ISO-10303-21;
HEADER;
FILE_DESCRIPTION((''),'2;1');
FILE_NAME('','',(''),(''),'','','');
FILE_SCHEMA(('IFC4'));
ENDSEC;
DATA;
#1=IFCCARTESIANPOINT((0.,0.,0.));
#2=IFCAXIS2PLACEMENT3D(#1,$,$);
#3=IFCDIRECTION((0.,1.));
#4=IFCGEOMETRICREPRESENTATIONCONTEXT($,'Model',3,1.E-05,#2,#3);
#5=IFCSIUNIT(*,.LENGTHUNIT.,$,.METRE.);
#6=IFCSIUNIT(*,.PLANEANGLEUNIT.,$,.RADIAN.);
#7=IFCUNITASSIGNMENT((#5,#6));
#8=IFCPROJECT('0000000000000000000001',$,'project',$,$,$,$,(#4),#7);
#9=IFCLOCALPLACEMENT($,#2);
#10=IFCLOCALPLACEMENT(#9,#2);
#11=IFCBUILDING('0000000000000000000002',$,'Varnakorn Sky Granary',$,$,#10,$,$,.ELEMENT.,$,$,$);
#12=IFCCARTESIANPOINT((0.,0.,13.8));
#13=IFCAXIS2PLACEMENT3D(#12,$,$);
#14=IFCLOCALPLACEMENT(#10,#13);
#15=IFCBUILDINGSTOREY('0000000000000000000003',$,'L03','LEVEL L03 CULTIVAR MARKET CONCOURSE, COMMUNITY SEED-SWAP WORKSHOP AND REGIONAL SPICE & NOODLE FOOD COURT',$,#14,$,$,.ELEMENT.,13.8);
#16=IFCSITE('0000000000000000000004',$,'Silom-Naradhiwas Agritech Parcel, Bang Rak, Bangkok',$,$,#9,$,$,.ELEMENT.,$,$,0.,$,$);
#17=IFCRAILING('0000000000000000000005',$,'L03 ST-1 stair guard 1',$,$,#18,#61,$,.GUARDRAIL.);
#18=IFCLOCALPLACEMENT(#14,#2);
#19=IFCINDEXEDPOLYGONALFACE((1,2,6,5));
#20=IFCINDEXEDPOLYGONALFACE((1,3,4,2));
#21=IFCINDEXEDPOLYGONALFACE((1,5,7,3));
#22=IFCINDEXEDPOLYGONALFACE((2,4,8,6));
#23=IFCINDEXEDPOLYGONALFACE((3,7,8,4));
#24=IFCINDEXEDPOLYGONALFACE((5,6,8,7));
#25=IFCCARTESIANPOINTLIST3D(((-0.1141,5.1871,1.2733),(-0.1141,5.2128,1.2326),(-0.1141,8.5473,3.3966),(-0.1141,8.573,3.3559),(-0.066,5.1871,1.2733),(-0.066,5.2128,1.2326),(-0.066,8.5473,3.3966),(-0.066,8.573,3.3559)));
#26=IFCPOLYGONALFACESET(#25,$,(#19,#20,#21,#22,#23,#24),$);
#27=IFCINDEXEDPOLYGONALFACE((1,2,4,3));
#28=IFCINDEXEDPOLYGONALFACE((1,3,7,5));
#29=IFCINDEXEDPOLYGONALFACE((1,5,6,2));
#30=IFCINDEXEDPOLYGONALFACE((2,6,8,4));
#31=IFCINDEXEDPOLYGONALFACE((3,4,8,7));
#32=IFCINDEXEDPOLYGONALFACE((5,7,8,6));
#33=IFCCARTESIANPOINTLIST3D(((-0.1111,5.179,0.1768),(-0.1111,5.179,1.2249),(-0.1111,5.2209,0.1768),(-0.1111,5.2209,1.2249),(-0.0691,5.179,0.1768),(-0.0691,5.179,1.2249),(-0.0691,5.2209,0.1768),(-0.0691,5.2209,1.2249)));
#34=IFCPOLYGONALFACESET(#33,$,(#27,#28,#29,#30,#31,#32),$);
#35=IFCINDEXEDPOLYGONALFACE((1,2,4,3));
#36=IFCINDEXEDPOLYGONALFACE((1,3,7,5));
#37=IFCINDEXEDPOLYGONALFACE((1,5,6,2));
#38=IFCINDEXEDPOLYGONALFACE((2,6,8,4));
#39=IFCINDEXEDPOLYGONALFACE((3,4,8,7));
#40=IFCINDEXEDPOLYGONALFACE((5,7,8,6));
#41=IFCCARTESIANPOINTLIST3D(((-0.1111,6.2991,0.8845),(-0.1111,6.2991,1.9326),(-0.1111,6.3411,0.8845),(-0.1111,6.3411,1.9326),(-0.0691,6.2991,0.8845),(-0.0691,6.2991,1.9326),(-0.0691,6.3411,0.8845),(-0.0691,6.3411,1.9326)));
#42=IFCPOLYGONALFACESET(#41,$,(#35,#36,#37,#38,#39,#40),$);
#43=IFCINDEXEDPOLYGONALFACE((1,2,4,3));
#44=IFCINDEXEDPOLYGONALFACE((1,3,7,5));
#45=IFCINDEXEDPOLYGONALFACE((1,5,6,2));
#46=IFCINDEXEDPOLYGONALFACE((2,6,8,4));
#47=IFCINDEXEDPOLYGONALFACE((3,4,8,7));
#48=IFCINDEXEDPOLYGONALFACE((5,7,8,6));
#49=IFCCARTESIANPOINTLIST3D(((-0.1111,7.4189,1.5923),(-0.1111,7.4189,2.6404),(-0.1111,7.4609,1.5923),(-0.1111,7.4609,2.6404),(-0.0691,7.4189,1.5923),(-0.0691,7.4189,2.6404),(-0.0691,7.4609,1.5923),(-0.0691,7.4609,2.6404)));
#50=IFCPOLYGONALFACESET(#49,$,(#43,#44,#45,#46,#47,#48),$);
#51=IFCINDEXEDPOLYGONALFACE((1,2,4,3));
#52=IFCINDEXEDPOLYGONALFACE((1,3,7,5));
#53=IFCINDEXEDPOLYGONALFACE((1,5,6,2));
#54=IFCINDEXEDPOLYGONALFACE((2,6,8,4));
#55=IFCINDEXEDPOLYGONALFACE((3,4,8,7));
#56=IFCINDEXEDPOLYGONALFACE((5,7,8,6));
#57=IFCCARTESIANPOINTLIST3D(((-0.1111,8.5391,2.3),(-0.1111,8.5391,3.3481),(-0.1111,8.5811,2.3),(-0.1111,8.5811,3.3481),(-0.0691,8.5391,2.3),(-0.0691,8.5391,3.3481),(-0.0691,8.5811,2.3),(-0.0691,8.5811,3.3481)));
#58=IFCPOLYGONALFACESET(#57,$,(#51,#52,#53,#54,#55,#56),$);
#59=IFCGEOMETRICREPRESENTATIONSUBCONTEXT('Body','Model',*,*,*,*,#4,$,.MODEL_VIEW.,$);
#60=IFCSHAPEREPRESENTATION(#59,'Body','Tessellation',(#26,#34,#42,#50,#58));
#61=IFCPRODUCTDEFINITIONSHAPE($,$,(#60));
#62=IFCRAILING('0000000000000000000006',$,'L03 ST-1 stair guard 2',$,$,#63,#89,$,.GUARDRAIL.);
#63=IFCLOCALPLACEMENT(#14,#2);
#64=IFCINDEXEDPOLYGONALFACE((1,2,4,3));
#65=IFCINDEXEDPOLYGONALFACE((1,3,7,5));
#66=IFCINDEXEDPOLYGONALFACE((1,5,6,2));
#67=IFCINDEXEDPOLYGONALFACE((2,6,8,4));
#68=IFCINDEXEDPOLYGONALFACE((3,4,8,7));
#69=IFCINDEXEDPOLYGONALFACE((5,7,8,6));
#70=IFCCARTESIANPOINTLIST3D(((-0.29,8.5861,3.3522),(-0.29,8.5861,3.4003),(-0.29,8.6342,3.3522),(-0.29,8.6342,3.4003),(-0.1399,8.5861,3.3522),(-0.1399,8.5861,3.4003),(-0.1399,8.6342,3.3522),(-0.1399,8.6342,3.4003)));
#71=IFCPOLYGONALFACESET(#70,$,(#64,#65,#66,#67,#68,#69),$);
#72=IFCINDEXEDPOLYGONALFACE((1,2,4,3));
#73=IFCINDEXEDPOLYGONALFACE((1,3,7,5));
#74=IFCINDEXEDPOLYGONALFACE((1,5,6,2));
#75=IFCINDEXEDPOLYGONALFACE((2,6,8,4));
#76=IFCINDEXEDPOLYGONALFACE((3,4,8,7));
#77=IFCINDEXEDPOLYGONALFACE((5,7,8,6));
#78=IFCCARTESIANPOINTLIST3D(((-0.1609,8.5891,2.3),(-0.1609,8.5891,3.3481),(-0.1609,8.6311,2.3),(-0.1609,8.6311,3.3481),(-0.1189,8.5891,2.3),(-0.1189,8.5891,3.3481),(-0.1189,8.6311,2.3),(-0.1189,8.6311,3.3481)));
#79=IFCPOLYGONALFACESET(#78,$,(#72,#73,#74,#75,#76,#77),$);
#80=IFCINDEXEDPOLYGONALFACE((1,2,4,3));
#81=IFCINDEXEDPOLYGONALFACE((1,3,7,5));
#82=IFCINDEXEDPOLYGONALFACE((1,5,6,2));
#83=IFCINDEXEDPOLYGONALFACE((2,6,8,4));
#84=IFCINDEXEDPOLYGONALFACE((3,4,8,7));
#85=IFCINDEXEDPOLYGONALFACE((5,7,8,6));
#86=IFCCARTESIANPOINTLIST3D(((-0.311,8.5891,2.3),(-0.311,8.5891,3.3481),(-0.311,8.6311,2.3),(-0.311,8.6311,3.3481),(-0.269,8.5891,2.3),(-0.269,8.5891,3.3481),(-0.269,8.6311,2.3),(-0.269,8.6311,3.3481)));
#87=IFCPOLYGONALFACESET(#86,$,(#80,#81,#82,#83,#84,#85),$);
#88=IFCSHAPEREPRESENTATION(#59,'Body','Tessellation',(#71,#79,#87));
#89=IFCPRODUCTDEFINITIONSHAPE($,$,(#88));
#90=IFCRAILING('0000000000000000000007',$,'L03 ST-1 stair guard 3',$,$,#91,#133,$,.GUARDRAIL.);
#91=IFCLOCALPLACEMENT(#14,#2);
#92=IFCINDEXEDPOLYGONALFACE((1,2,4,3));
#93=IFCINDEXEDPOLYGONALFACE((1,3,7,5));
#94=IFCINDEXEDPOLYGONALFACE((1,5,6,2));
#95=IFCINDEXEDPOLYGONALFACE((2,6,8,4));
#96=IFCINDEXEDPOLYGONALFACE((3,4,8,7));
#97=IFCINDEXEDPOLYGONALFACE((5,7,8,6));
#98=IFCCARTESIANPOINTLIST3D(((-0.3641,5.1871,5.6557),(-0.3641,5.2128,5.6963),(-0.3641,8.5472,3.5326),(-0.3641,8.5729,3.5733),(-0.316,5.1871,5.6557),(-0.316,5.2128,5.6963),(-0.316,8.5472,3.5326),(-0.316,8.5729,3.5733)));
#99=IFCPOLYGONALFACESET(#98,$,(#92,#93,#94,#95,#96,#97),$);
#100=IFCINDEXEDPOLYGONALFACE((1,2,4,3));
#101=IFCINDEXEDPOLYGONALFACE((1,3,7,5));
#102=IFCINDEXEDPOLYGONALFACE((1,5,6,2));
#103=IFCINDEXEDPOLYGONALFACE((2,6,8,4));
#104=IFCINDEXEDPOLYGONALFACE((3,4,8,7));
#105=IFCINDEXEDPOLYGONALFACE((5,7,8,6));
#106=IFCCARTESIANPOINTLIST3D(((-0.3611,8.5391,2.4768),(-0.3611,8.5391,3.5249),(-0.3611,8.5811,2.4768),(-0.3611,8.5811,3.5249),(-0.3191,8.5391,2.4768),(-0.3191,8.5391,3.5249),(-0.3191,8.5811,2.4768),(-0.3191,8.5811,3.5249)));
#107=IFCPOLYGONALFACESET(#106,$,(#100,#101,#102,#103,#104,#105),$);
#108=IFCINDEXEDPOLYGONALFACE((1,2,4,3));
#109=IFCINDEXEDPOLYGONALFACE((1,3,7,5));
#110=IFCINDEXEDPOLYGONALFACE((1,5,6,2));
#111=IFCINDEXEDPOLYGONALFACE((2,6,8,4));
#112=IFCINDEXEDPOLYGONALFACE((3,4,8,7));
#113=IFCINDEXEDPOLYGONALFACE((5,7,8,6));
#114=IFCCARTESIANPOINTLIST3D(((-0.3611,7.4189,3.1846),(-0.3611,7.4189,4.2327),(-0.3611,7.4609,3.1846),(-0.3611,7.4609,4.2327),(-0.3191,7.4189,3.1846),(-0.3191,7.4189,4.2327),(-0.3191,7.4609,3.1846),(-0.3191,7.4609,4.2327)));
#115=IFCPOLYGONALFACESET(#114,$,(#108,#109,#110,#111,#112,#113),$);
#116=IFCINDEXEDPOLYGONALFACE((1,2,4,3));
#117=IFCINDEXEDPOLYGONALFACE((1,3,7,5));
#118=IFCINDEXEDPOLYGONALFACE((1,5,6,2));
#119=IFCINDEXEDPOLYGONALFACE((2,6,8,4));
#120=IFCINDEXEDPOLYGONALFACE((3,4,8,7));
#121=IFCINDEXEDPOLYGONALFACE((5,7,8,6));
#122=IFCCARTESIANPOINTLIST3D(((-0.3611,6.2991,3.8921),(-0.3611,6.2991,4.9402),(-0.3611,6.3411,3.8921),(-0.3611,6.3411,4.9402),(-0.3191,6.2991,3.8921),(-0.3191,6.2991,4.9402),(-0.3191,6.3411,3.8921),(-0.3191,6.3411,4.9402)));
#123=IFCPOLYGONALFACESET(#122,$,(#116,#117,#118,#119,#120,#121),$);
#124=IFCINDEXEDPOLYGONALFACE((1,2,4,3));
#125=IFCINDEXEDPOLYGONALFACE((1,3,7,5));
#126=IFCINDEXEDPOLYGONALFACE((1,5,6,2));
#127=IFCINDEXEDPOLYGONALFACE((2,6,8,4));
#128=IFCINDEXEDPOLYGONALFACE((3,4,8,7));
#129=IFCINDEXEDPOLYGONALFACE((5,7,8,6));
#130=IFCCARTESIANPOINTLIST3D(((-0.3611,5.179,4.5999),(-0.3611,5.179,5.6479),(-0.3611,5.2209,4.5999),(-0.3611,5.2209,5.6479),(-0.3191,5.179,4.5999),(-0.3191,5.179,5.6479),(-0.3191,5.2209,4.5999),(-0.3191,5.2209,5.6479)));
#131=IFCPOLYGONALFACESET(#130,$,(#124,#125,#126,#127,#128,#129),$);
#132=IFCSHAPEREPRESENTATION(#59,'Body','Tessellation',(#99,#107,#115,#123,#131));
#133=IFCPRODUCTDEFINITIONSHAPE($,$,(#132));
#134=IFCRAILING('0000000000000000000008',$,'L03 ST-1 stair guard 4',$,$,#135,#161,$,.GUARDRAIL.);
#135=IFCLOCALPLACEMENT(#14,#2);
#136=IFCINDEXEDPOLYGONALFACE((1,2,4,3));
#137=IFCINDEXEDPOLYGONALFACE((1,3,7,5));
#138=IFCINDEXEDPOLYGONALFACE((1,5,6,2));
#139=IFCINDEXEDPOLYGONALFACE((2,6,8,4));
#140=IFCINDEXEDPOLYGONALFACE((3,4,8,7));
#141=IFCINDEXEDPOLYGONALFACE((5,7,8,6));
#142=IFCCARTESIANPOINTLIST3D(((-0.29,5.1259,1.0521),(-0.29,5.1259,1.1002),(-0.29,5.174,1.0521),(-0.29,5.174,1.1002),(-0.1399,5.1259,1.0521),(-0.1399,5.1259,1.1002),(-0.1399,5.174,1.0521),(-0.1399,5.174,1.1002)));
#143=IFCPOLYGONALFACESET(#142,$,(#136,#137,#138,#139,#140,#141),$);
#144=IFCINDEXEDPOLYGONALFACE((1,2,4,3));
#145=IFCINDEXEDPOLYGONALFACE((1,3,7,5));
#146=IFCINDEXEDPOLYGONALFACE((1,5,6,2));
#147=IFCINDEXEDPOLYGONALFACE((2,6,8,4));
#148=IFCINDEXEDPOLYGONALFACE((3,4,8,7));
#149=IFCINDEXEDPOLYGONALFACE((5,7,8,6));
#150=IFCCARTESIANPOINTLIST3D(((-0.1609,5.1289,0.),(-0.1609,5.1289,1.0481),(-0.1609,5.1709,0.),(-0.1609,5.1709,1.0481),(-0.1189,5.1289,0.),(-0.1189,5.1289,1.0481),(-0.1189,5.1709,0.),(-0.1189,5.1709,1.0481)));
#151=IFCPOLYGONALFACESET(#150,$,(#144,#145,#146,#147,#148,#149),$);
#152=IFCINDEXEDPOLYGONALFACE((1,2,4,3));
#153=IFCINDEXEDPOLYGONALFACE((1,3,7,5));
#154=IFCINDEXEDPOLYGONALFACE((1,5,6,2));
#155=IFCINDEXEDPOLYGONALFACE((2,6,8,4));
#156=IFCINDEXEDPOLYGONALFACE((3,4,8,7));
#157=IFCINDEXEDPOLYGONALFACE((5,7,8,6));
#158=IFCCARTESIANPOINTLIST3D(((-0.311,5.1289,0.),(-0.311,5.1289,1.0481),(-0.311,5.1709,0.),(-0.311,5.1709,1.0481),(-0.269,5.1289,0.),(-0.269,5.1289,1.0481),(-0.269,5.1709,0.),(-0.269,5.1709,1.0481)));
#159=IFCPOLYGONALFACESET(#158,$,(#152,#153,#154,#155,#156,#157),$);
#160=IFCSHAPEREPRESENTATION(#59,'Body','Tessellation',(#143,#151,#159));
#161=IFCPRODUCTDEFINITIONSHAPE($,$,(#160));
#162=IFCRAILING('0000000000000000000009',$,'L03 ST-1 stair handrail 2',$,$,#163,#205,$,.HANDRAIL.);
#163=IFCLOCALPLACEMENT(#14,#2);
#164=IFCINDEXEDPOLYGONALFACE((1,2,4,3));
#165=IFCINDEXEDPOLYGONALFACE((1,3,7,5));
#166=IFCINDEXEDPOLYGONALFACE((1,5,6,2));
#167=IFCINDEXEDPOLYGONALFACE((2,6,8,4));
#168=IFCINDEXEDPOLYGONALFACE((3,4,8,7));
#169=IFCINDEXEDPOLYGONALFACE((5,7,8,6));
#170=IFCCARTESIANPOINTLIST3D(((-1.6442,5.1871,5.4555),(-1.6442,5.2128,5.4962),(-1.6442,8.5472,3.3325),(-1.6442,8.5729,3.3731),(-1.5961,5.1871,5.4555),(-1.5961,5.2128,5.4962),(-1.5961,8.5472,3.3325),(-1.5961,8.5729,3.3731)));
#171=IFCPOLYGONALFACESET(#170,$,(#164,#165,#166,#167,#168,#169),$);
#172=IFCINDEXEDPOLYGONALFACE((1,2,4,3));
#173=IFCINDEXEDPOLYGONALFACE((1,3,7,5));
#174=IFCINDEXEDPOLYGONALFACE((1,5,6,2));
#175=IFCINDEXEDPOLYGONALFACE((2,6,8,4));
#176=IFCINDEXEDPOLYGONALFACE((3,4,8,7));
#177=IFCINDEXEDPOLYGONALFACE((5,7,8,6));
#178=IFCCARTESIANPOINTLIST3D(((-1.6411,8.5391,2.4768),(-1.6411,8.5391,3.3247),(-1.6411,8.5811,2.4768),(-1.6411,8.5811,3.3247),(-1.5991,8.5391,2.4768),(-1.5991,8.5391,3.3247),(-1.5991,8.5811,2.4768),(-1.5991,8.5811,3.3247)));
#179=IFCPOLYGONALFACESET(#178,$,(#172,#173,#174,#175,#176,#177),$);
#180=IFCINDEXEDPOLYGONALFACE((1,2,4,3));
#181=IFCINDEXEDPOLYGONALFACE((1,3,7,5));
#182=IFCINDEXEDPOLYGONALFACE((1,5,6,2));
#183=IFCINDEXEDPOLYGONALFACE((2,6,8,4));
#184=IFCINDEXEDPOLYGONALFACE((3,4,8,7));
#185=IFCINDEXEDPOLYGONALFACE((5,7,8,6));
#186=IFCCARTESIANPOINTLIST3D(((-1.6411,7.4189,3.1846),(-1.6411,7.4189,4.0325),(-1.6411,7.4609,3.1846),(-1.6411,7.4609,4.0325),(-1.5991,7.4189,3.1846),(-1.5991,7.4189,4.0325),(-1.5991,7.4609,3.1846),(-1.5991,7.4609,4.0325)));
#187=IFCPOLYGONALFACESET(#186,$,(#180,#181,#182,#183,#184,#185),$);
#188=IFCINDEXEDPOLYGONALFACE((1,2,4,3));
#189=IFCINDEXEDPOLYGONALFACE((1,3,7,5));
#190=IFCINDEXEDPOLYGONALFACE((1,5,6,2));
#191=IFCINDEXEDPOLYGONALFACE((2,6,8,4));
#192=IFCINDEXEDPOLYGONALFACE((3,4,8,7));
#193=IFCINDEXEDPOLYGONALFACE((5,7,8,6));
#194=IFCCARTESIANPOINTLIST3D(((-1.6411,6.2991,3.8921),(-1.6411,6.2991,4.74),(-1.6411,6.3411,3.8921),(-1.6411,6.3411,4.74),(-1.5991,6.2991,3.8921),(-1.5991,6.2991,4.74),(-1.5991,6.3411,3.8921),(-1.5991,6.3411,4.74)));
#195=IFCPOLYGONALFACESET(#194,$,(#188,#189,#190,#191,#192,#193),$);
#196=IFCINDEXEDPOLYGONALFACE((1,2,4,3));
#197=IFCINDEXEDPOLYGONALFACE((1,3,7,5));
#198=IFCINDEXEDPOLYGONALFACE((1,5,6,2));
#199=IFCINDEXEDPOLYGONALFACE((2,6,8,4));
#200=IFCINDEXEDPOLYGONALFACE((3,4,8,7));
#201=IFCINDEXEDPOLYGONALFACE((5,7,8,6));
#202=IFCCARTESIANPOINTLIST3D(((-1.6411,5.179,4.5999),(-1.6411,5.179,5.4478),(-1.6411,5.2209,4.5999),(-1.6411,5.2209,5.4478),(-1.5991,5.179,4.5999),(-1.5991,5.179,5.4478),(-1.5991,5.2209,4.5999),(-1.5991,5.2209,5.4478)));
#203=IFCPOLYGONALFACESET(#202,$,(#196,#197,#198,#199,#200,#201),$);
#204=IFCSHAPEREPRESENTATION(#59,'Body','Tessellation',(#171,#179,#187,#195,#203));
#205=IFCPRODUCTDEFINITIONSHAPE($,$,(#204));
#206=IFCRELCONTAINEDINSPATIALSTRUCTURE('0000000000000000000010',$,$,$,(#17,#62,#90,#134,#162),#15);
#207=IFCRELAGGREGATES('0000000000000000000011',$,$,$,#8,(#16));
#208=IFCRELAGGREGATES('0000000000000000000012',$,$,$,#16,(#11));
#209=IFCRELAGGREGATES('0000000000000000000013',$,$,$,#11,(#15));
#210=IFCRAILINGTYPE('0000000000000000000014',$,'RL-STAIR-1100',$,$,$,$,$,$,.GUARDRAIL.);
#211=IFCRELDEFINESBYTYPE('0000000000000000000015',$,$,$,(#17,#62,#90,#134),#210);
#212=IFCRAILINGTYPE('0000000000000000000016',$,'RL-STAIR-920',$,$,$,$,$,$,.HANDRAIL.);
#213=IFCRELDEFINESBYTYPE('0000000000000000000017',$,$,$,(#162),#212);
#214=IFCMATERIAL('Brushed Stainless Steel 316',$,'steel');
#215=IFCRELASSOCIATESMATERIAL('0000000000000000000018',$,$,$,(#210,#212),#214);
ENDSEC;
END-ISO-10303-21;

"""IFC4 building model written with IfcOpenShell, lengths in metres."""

from ifc_helpers import new_model, si_unit, direction, frame, origin, origin_2d, place, context, subcontext, project, spatial, rectangle, extrude, material, type_object, element, save


model = new_model("IFC4")

# Units and contexts
model_context = context("Model", 3, precision=1e-05, world=origin(), true_north=direction((0.0, 1.0)))
body_context = subcontext(model_context, "Body", "Model", "MODEL_VIEW")
ifc_project = project(units=[si_unit("LENGTHUNIT", "METRE"), si_unit("PLANEANGLEUNIT", "RADIAN")], contexts=[model_context])

# Site, building, storey
site_placement = place(None, origin())
site = spatial("IfcSite", under=ifc_project, at=site_placement, Name="Silom-Naradhiwas Agritech Parcel, Bang Rak, Bangkok", CompositionType="ELEMENT", RefElevation=0.0)
building_placement = place(site_placement, origin())
building = spatial("IfcBuilding", under=site, at=building_placement, Name="Varnakorn Sky Granary", CompositionType="ELEMENT")
storey_placement = place(building_placement, frame((0.0, 0.0, 13.8)))
storey = spatial("IfcBuildingStorey", under=building, at=storey_placement, Name="L03", Description="LEVEL L03 CULTIVAR MARKET CONCOURSE, COMMUNITY SEED-SWAP WORKSHOP AND REGIONAL SPICE & NOODLE FOOD COURT", CompositionType="ELEMENT", Elevation=13.8)

# Railings
ifc_material_1 = material(Name="Brushed Stainless Steel 316", Category="steel")
railing_type_1 = type_object("IfcRailingType", Name="RL-STAIR-1100", PredefinedType="GUARDRAIL", material=ifc_material_1)
railing_1_placement = place(storey_placement, frame((-0.0901, 5.2, 0.1768)))
element("IfcRailing", 1, at=railing_1_placement, inside=storey, type_object=railing_type_1, Name="L03 ST-1 stair guard 1", PredefinedType="GUARDRAIL", context=body_context, shape_type="SweptSolid", body=[
    extrude(rectangle(XDim=0.0481, YDim=0.0481, at=origin_2d()), frame((0.0, 0.0, 1.0762), z_axis=(0.0, 0.845362, 0.534194), x_axis=(-1.0, 0.0, 0.0)), (0.0, 0.0, 1.0), 3.9749),
    extrude(rectangle(XDim=0.042, YDim=0.042, at=origin_2d()), origin(), (0.0, 0.0, 1.0), 1.0481),
    extrude(rectangle(XDim=0.042, YDim=0.042, at=origin_2d()), frame((0.0, 1.1201, 0.7078)), (0.0, 0.0, 1.0), 1.0481),
    extrude(rectangle(XDim=0.042, YDim=0.042, at=origin_2d()), frame((0.0, 2.24, 1.4155)), (0.0, 0.0, 1.0), 1.0481),
    extrude(rectangle(XDim=0.042, YDim=0.042, at=origin_2d()), frame((0.0, 3.3601, 2.1233)), (0.0, 0.0, 1.0), 1.0481),
])
railing_2_placement = place(storey_placement, frame((-0.1399, 8.6101, 2.3)))
element("IfcRailing", 2, at=railing_2_placement, inside=storey, type_object=railing_type_1, Name="L03 ST-1 stair guard 2", PredefinedType="GUARDRAIL", context=body_context, shape_type="SweptSolid", body=[
    extrude(rectangle(XDim=0.0481, YDim=0.0481, at=origin_2d()), frame((0.0, 0.0, 1.0762), z_axis=(-1.0, 0.0, 0.0), x_axis=(0.0, -1.0, 0.0)), (0.0, 0.0, 1.0), 0.1501),
    extrude(rectangle(XDim=0.042, YDim=0.042, at=origin_2d()), origin(), (0.0, 0.0, 1.0), 1.0481),
    extrude(rectangle(XDim=0.042, YDim=0.042, at=origin_2d()), frame((-0.1501, 0.0, 0.0)), (0.0, 0.0, 1.0), 1.0481),
])
railing_3_placement = place(storey_placement, frame((-0.3401, 8.5601, 2.4768)))
element("IfcRailing", 3, at=railing_3_placement, inside=storey, type_object=railing_type_1, Name="L03 ST-1 stair guard 3", PredefinedType="GUARDRAIL", context=body_context, shape_type="SweptSolid", body=[
    extrude(rectangle(XDim=0.0481, YDim=0.0481, at=origin_2d()), frame((0.0, 0.0, 1.0762), z_axis=(0.0, -0.84539, 0.53415), x_axis=(1.0, 0.0, 0.0)), (0.0, 0.0, 1.0), 3.9746),
    extrude(rectangle(XDim=0.042, YDim=0.042, at=origin_2d()), origin(), (0.0, 0.0, 1.0), 1.0481),
    extrude(rectangle(XDim=0.042, YDim=0.042, at=origin_2d()), frame((0.0, -1.1201, 0.7078)), (0.0, 0.0, 1.0), 1.0481),
    extrude(rectangle(XDim=0.042, YDim=0.042, at=origin_2d()), frame((0.0, -2.24, 1.4153)), (0.0, 0.0, 1.0), 1.0481),
    extrude(rectangle(XDim=0.042, YDim=0.042, at=origin_2d()), frame((0.0, -3.3601, 2.123)), (0.0, 0.0, 1.0), 1.0481),
])
railing_4_placement = place(storey_placement, frame((-0.1399, 5.1499, 0.0)))
element("IfcRailing", 4, at=railing_4_placement, inside=storey, type_object=railing_type_1, Name="L03 ST-1 stair guard 4", PredefinedType="GUARDRAIL", context=body_context, shape_type="SweptSolid", body=[
    extrude(rectangle(XDim=0.0481, YDim=0.0481, at=origin_2d()), frame((0.0, 0.0, 1.0762), z_axis=(-1.0, 0.0, 0.0), x_axis=(0.0, -1.0, 0.0)), (0.0, 0.0, 1.0), 0.1501),
    extrude(rectangle(XDim=0.042, YDim=0.042, at=origin_2d()), origin(), (0.0, 0.0, 1.0), 1.0481),
    extrude(rectangle(XDim=0.042, YDim=0.042, at=origin_2d()), frame((-0.1501, 0.0, 0.0)), (0.0, 0.0, 1.0), 1.0481),
])
railing_type_2 = type_object("IfcRailingType", Name="RL-STAIR-920", PredefinedType="HANDRAIL", material=ifc_material_1)
railing_5_placement = place(storey_placement, frame((-1.6201, 8.5601, 2.4768)))
element("IfcRailing", 5, at=railing_5_placement, inside=storey, type_object=railing_type_2, Name="L03 ST-1 stair handrail 2", PredefinedType="HANDRAIL", context=body_context, shape_type="SweptSolid", body=[
    extrude(rectangle(XDim=0.0481, YDim=0.0481, at=origin_2d()), frame((0.0, 0.0, 0.876), z_axis=(0.0, -0.84539, 0.53415), x_axis=(1.0, 0.0, 0.0)), (0.0, 0.0, 1.0), 3.9746),
    extrude(rectangle(XDim=0.042, YDim=0.042, at=origin_2d()), origin(), (0.0, 0.0, 1.0), 0.8479),
    extrude(rectangle(XDim=0.042, YDim=0.042, at=origin_2d()), frame((0.0, -1.1201, 0.7078)), (0.0, 0.0, 1.0), 0.8479),
    extrude(rectangle(XDim=0.042, YDim=0.042, at=origin_2d()), frame((0.0, -2.24, 1.4153)), (0.0, 0.0, 1.0), 0.8479),
    extrude(rectangle(XDim=0.042, YDim=0.042, at=origin_2d()), frame((0.0, -3.3601, 2.123)), (0.0, 0.0, 1.0), 0.8479),
])

save(model, "model.ifc")
